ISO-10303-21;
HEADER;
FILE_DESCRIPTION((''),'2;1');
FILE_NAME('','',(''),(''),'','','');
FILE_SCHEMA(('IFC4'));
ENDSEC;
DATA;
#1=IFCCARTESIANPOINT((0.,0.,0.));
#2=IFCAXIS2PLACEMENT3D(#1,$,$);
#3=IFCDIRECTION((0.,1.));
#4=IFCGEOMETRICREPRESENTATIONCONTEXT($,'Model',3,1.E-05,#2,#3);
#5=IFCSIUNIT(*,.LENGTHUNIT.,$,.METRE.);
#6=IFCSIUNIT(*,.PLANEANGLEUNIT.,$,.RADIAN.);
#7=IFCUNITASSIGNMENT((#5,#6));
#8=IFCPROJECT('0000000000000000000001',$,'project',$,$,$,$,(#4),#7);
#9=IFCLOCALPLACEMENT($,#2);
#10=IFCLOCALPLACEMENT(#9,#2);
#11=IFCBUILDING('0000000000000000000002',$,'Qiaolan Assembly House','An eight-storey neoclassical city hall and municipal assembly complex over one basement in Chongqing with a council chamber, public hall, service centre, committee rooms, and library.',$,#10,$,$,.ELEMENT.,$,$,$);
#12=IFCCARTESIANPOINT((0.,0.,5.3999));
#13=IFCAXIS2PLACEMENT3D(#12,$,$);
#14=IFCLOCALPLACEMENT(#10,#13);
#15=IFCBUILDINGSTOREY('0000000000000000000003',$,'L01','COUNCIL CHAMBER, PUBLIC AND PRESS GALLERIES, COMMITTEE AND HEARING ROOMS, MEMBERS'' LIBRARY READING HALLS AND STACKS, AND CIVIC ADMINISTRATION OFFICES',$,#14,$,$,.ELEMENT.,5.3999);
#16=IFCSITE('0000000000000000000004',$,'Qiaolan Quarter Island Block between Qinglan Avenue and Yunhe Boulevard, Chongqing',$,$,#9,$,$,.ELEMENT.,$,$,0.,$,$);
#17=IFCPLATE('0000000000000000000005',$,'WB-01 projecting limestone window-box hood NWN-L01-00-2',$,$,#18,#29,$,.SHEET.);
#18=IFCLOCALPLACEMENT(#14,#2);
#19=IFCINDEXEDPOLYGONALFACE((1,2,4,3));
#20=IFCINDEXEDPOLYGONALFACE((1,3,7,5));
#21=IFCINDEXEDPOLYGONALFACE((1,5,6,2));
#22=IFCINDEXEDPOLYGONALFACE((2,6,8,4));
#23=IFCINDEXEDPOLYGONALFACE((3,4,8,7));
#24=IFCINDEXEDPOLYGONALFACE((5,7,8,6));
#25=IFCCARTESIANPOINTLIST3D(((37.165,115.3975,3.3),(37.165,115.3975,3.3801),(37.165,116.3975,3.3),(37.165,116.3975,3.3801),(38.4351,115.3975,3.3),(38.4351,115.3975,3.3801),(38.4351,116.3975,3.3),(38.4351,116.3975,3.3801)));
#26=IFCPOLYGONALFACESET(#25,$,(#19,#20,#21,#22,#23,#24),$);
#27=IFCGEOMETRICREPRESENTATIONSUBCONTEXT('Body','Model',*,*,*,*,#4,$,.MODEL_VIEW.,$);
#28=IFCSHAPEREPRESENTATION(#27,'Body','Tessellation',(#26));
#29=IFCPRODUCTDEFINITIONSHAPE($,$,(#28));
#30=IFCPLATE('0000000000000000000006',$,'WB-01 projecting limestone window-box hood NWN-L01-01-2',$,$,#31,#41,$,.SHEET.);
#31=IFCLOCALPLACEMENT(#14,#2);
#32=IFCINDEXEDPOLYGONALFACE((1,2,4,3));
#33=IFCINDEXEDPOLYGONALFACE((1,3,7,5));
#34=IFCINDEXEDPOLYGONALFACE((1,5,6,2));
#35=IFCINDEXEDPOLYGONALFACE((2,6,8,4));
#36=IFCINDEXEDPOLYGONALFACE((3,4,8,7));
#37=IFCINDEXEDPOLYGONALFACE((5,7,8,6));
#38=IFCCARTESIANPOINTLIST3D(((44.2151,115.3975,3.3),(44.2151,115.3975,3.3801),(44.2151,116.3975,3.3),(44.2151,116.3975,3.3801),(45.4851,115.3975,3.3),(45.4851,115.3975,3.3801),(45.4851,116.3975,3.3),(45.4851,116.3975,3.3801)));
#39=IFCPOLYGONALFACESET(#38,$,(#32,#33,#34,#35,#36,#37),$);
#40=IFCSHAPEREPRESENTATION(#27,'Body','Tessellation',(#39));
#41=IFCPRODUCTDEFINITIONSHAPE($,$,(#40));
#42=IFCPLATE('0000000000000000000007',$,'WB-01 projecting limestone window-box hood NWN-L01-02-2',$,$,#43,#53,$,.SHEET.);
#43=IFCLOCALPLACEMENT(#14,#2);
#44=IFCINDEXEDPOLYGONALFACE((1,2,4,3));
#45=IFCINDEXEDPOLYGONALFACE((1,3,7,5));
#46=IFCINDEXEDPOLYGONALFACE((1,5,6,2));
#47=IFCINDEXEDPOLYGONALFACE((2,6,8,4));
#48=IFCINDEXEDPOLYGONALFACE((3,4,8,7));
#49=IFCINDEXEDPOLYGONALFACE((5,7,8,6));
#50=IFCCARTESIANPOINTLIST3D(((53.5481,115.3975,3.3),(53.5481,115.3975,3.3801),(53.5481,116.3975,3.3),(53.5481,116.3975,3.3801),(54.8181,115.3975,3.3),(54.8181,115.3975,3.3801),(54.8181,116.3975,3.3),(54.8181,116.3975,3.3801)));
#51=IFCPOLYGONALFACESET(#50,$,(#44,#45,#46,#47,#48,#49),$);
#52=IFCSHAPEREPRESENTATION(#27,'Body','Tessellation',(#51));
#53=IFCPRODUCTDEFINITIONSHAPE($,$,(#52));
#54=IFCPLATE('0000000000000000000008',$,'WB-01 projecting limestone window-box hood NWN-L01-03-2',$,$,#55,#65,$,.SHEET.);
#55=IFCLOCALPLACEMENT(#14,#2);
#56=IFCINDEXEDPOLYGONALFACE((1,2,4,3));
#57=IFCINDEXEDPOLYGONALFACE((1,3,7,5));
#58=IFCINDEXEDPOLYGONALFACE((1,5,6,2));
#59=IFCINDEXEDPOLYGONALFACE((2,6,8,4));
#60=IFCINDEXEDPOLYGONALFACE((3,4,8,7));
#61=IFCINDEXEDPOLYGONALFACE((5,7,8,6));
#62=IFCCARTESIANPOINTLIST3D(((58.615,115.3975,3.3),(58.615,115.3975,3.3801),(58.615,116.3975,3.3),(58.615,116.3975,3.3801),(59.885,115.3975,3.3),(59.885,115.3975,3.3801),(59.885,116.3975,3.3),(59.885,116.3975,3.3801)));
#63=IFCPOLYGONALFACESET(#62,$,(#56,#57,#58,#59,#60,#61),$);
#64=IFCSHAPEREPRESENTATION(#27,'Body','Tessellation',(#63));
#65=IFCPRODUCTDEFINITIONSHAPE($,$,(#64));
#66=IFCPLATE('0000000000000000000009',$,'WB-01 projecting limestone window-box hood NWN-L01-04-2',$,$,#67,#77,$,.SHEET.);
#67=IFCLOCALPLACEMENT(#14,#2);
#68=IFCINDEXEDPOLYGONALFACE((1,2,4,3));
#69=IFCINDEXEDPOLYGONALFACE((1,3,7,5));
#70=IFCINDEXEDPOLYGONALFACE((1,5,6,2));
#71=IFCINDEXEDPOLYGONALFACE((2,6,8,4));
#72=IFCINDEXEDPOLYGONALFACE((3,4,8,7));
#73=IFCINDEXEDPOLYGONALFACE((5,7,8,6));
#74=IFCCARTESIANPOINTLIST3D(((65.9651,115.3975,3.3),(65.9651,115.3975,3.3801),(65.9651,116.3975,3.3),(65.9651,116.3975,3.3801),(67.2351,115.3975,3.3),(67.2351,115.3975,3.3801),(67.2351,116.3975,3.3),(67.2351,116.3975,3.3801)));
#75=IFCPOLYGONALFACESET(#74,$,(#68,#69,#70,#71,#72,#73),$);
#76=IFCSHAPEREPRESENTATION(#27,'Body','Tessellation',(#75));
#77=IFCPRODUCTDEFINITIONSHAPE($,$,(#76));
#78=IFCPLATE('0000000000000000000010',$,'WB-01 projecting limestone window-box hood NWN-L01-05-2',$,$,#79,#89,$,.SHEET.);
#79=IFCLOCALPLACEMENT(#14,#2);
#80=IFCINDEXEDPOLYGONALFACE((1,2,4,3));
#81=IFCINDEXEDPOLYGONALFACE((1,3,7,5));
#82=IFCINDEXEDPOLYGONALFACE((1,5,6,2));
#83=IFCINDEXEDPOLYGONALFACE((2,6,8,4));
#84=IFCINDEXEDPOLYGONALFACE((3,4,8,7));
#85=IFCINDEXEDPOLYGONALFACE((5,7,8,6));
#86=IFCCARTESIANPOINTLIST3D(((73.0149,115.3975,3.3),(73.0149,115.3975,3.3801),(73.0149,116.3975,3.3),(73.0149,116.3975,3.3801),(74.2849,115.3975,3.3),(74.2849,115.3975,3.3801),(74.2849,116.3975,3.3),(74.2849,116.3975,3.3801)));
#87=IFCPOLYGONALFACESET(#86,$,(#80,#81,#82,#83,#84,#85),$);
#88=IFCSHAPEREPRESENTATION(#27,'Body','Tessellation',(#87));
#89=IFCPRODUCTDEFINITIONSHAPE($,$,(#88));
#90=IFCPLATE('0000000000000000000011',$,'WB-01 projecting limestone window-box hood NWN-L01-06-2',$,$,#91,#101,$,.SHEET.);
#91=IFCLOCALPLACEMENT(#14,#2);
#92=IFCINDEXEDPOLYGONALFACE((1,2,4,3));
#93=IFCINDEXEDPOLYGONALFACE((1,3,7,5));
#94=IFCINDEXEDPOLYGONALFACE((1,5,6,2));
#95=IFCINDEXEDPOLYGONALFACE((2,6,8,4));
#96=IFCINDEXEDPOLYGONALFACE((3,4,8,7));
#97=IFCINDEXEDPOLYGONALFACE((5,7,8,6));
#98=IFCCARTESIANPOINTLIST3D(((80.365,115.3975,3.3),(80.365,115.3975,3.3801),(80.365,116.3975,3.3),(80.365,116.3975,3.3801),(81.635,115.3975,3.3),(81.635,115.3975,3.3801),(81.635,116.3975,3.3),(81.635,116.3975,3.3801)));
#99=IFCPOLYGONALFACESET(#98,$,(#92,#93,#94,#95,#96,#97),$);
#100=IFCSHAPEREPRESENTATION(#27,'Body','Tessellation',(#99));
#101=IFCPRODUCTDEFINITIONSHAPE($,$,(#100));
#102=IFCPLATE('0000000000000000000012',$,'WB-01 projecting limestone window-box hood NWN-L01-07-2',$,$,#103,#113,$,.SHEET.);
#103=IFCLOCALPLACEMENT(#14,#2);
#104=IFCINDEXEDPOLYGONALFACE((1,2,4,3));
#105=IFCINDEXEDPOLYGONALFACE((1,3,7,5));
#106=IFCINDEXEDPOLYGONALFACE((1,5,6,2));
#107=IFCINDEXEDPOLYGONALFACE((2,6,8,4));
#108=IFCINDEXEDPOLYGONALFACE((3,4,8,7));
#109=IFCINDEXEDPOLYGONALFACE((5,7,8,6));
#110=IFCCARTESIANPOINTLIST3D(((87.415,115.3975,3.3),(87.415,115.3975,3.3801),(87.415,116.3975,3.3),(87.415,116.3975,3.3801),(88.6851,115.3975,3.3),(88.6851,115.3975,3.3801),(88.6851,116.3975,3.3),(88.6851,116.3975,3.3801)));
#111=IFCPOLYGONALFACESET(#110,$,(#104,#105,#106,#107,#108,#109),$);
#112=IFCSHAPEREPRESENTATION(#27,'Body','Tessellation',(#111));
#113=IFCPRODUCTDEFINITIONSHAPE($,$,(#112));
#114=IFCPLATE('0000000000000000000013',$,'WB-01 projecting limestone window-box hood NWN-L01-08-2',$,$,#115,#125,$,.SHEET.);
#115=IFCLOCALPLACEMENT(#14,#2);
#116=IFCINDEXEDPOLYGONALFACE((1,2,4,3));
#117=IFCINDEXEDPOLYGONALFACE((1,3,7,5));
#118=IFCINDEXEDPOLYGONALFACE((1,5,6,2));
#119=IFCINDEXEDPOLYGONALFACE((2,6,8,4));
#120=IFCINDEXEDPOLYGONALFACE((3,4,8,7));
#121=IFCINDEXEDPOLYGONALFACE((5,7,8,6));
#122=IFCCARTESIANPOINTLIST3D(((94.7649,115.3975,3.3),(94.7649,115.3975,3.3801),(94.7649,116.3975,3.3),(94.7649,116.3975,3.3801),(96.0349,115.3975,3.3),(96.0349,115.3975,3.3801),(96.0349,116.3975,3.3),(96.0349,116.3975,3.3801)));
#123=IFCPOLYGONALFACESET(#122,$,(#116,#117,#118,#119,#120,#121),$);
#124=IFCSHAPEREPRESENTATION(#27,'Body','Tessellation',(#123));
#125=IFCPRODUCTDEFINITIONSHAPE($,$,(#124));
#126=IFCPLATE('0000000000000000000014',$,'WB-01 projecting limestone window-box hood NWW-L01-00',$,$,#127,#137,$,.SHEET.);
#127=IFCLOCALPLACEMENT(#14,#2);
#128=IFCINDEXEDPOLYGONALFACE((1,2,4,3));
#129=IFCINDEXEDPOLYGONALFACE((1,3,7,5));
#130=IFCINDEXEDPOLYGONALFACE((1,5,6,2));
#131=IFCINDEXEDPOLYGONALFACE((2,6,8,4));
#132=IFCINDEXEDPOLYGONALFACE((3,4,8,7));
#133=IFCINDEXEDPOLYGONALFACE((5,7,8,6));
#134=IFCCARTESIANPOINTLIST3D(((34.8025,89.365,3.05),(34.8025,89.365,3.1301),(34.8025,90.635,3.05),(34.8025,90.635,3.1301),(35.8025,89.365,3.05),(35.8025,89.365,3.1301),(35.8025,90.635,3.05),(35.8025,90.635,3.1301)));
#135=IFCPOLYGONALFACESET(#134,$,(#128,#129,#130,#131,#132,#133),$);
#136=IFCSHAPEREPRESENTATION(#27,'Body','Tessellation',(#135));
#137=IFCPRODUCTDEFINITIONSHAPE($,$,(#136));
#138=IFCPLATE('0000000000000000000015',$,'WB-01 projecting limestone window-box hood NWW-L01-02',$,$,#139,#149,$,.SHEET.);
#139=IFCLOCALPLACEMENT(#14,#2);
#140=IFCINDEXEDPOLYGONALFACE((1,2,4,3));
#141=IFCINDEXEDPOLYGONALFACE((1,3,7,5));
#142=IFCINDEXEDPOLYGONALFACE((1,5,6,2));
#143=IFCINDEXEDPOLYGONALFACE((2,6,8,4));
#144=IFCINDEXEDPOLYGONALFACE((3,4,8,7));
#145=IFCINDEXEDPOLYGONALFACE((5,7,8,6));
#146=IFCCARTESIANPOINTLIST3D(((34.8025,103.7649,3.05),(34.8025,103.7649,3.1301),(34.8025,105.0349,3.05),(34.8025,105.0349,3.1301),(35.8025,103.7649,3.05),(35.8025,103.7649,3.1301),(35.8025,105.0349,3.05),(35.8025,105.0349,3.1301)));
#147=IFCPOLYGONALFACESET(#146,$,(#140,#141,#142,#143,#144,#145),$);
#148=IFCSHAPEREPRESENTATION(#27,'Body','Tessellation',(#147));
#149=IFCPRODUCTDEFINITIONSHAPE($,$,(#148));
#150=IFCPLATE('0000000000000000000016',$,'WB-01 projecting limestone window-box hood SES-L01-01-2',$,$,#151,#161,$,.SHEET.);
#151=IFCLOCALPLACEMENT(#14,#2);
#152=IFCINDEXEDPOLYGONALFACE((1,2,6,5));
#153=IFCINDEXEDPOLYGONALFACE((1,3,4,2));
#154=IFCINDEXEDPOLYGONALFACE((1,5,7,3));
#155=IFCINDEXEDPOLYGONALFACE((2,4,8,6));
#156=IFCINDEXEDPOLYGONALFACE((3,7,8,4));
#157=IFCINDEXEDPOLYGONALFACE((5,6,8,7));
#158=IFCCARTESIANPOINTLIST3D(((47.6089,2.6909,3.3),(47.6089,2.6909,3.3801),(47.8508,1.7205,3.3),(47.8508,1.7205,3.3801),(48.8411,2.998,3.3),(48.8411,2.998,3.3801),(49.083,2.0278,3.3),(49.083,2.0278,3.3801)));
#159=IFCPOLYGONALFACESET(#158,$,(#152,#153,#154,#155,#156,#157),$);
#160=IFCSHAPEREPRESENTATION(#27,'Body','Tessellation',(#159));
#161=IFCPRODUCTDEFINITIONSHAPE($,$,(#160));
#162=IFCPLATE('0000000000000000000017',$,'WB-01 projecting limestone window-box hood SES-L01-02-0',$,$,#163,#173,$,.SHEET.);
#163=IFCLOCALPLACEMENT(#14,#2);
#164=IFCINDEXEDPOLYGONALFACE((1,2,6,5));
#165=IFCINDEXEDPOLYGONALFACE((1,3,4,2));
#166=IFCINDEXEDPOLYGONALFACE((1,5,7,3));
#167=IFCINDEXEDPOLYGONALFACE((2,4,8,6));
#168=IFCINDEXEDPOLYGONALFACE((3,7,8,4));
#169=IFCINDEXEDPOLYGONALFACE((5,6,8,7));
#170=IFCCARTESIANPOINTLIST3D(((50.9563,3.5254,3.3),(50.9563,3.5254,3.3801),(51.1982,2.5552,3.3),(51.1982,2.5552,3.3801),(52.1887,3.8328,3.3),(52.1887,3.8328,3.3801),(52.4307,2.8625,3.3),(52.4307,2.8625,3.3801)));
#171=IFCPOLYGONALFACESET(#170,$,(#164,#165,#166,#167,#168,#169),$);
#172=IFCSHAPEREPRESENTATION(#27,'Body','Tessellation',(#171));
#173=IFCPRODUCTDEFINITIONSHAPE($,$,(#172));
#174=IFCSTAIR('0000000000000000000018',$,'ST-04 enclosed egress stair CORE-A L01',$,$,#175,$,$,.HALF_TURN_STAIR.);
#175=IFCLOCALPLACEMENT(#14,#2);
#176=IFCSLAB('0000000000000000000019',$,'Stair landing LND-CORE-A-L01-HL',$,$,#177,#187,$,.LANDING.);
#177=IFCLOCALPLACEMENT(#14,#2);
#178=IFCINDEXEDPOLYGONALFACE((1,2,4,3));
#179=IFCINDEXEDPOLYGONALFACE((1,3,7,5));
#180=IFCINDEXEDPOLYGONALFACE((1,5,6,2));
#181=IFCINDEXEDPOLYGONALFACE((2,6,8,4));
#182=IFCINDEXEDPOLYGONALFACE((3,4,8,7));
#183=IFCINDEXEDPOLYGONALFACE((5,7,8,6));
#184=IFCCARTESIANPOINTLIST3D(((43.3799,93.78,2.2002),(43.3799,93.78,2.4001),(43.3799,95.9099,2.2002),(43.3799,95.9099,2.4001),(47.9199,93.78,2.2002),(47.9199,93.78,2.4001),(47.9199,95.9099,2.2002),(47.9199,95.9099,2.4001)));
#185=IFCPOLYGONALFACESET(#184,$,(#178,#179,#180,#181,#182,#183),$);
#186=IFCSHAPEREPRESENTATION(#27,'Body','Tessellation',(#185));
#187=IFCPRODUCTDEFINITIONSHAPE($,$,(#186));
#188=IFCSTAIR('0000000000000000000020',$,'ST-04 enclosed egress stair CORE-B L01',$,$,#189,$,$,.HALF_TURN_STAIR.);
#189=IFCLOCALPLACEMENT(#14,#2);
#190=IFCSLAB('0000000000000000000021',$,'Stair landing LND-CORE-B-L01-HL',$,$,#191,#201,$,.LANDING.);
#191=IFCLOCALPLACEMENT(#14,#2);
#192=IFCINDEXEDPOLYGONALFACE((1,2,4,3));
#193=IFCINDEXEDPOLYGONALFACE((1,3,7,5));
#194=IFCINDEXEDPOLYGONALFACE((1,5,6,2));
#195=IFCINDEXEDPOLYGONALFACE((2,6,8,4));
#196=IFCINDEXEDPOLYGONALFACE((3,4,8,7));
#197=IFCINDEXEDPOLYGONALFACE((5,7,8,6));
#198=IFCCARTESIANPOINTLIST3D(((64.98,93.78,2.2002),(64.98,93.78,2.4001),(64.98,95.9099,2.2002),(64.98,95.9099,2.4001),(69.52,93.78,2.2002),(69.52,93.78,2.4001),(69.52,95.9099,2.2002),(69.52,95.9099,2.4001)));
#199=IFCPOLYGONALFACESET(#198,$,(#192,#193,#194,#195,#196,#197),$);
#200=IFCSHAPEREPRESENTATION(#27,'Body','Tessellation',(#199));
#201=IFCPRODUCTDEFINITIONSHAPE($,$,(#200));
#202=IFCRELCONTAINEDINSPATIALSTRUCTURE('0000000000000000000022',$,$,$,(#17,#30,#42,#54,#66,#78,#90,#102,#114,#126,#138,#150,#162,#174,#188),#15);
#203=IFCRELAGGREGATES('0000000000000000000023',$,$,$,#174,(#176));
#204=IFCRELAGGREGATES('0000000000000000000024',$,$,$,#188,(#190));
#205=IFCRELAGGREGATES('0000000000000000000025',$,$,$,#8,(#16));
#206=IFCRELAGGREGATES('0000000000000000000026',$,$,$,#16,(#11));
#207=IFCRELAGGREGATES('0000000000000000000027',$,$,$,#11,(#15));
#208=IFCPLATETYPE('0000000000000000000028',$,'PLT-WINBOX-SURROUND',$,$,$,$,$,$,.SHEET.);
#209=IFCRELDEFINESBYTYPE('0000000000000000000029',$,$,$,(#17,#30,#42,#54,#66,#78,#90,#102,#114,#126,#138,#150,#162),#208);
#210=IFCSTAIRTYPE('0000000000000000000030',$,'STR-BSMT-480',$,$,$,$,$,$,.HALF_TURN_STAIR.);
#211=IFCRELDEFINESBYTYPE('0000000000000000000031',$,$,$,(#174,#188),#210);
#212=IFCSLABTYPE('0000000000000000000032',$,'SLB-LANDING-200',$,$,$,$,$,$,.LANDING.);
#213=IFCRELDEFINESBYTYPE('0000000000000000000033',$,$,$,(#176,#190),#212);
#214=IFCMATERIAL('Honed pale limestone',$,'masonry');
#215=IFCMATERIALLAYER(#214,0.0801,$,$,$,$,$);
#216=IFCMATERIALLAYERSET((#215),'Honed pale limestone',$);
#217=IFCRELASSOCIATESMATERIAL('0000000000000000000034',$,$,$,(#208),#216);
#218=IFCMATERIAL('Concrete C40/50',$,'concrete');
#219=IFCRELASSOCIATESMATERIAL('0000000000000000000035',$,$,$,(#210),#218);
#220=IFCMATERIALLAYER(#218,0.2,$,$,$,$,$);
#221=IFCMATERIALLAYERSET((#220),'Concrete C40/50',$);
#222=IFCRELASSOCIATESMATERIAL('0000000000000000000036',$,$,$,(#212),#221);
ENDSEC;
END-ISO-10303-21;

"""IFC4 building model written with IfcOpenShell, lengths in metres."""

from ifc_helpers import new_model, si_unit, direction, frame, origin, place, context, subcontext, project, spatial, polyline, outline, extrude, material, layer, layer_set, type_object, element, aggregate, save


model = new_model("IFC4")

# Units and contexts
model_context = context("Model", 3, precision=1e-05, world=origin(), true_north=direction((0.0, 1.0)))
body_context = subcontext(model_context, "Body", "Model", "MODEL_VIEW")
ifc_project = project(units=[si_unit("LENGTHUNIT", "METRE"), si_unit("PLANEANGLEUNIT", "RADIAN")], contexts=[model_context])

# Site, building, storey
site_placement = place(None, origin())
site = spatial("IfcSite", under=ifc_project, at=site_placement, Name="Qiaolan Quarter Island Block between Qinglan Avenue and Yunhe Boulevard, Chongqing", CompositionType="ELEMENT", RefElevation=0.0)
building_placement = place(site_placement, origin())
building = spatial("IfcBuilding", under=site, at=building_placement, Name="Qiaolan Assembly House", Description="An eight-storey neoclassical city hall and municipal assembly complex over one basement in Chongqing with a council chamber, public hall, service centre, committee rooms, and library.", CompositionType="ELEMENT")
storey_placement = place(building_placement, frame((0.0, 0.0, 5.3999)))
storey = spatial("IfcBuildingStorey", under=building, at=storey_placement, Name="L01", Description="COUNCIL CHAMBER, PUBLIC AND PRESS GALLERIES, COMMITTEE AND HEARING ROOMS, MEMBERS' LIBRARY READING HALLS AND STACKS, AND CIVIC ADMINISTRATION OFFICES", CompositionType="ELEMENT", Elevation=5.3999)

# Plates
ifc_material_1 = material(Name="Honed pale limestone", Category="masonry")
ifc_layer_1 = layer(ifc_material_1, 0.0801)
ifc_layer_set_1 = layer_set([ifc_layer_1], Name="Honed pale limestone")
plate_type = type_object("IfcPlateType", Name="PLT-WINBOX-SURROUND", PredefinedType="SHEET", material=ifc_layer_set_1)
plate_1_placement = place(storey_placement, frame((0.0, 0.0, 3.3)))
element("IfcPlate", 1, at=plate_1_placement, inside=storey, type_object=plate_type, Name="WB-01 projecting limestone window-box hood NWN-L01-00-2", PredefinedType="SHEET", context=body_context, shape_type="SweptSolid", body=[
    extrude(outline(polyline([(37.165, 115.3975), (37.165, 116.3975), (38.4351, 116.3975), (38.4351, 115.3975), (37.165, 115.3975)])), origin(), (0.0, 0.0, 1.0), 0.0801),
])
plate_2_placement = place(storey_placement, frame((0.0, 0.0, 3.3)))
element("IfcPlate", 2, at=plate_2_placement, inside=storey, type_object=plate_type, Name="WB-01 projecting limestone window-box hood NWN-L01-01-2", PredefinedType="SHEET", context=body_context, shape_type="SweptSolid", body=[
    extrude(outline(polyline([(44.2151, 115.3975), (44.2151, 116.3975), (45.4851, 116.3975), (45.4851, 115.3975), (44.2151, 115.3975)])), origin(), (0.0, 0.0, 1.0), 0.0801),
])
plate_3_placement = place(storey_placement, frame((0.0, 0.0, 3.3)))
element("IfcPlate", 3, at=plate_3_placement, inside=storey, type_object=plate_type, Name="WB-01 projecting limestone window-box hood NWN-L01-02-2", PredefinedType="SHEET", context=body_context, shape_type="SweptSolid", body=[
    extrude(outline(polyline([(53.5481, 115.3975), (53.5481, 116.3975), (54.8181, 116.3975), (54.8181, 115.3975), (53.5481, 115.3975)])), origin(), (0.0, 0.0, 1.0), 0.0801),
])
plate_4_placement = place(storey_placement, frame((0.0, 0.0, 3.3)))
element("IfcPlate", 4, at=plate_4_placement, inside=storey, type_object=plate_type, Name="WB-01 projecting limestone window-box hood NWN-L01-03-2", PredefinedType="SHEET", context=body_context, shape_type="SweptSolid", body=[
    extrude(outline(polyline([(58.615, 115.3975), (58.615, 116.3975), (59.885, 116.3975), (59.885, 115.3975), (58.615, 115.3975)])), origin(), (0.0, 0.0, 1.0), 0.0801),
])
plate_5_placement = place(storey_placement, frame((0.0, 0.0, 3.3)))
element("IfcPlate", 5, at=plate_5_placement, inside=storey, type_object=plate_type, Name="WB-01 projecting limestone window-box hood NWN-L01-04-2", PredefinedType="SHEET", context=body_context, shape_type="SweptSolid", body=[
    extrude(outline(polyline([(65.9651, 115.3975), (65.9651, 116.3975), (67.2351, 116.3975), (67.2351, 115.3975), (65.9651, 115.3975)])), origin(), (0.0, 0.0, 1.0), 0.0801),
])
plate_6_placement = place(storey_placement, frame((0.0, 0.0, 3.3)))
element("IfcPlate", 6, at=plate_6_placement, inside=storey, type_object=plate_type, Name="WB-01 projecting limestone window-box hood NWN-L01-05-2", PredefinedType="SHEET", context=body_context, shape_type="SweptSolid", body=[
    extrude(outline(polyline([(73.0149, 115.3975), (73.0149, 116.3975), (74.2849, 116.3975), (74.2849, 115.3975), (73.0149, 115.3975)])), origin(), (0.0, 0.0, 1.0), 0.0801),
])
plate_7_placement = place(storey_placement, frame((0.0, 0.0, 3.3)))
element("IfcPlate", 7, at=plate_7_placement, inside=storey, type_object=plate_type, Name="WB-01 projecting limestone window-box hood NWN-L01-06-2", PredefinedType="SHEET", context=body_context, shape_type="SweptSolid", body=[
    extrude(outline(polyline([(80.365, 115.3975), (80.365, 116.3975), (81.635, 116.3975), (81.635, 115.3975), (80.365, 115.3975)])), origin(), (0.0, 0.0, 1.0), 0.0801),
])
plate_8_placement = place(storey_placement, frame((0.0, 0.0, 3.3)))
element("IfcPlate", 8, at=plate_8_placement, inside=storey, type_object=plate_type, Name="WB-01 projecting limestone window-box hood NWN-L01-07-2", PredefinedType="SHEET", context=body_context, shape_type="SweptSolid", body=[
    extrude(outline(polyline([(87.415, 115.3975), (87.415, 116.3975), (88.6851, 116.3975), (88.6851, 115.3975), (87.415, 115.3975)])), origin(), (0.0, 0.0, 1.0), 0.0801),
])
plate_9_placement = place(storey_placement, frame((0.0, 0.0, 3.3)))
element("IfcPlate", 9, at=plate_9_placement, inside=storey, type_object=plate_type, Name="WB-01 projecting limestone window-box hood NWN-L01-08-2", PredefinedType="SHEET", context=body_context, shape_type="SweptSolid", body=[
    extrude(outline(polyline([(94.7649, 115.3975), (94.7649, 116.3975), (96.0349, 116.3975), (96.0349, 115.3975), (94.7649, 115.3975)])), origin(), (0.0, 0.0, 1.0), 0.0801),
])
plate_10_placement = place(storey_placement, frame((0.0, 0.0, 3.05)))
element("IfcPlate", 10, at=plate_10_placement, inside=storey, type_object=plate_type, Name="WB-01 projecting limestone window-box hood NWW-L01-00", PredefinedType="SHEET", context=body_context, shape_type="SweptSolid", body=[
    extrude(outline(polyline([(34.8025, 89.365), (34.8025, 90.635), (35.8025, 90.635), (35.8025, 89.365), (34.8025, 89.365)])), origin(), (0.0, 0.0, 1.0), 0.0801),
])
plate_11_placement = place(storey_placement, frame((0.0, 0.0, 3.05)))
element("IfcPlate", 11, at=plate_11_placement, inside=storey, type_object=plate_type, Name="WB-01 projecting limestone window-box hood NWW-L01-02", PredefinedType="SHEET", context=body_context, shape_type="SweptSolid", body=[
    extrude(outline(polyline([(34.8025, 103.7649), (34.8025, 105.0349), (35.8025, 105.0349), (35.8025, 103.7649), (34.8025, 103.7649)])), origin(), (0.0, 0.0, 1.0), 0.0801),
])
plate_12_placement = place(storey_placement, frame((0.0, 0.0, 3.3)))
element("IfcPlate", 12, at=plate_12_placement, inside=storey, type_object=plate_type, Name="WB-01 projecting limestone window-box hood SES-L01-01-2", PredefinedType="SHEET", context=body_context, shape_type="SweptSolid", body=[
    extrude(outline(polyline([(47.8508, 1.7205), (49.083, 2.0278), (48.8411, 2.998), (47.6089, 2.6909), (47.8508, 1.7205)])), origin(), (0.0, 0.0, 1.0), 0.0801),
])
plate_13_placement = place(storey_placement, frame((0.0, 0.0, 3.3)))
element("IfcPlate", 13, at=plate_13_placement, inside=storey, type_object=plate_type, Name="WB-01 projecting limestone window-box hood SES-L01-02-0", PredefinedType="SHEET", context=body_context, shape_type="SweptSolid", body=[
    extrude(outline(polyline([(51.1982, 2.5552), (52.4307, 2.8625), (52.1887, 3.8328), (50.9563, 3.5254), (51.1982, 2.5552)])), origin(), (0.0, 0.0, 1.0), 0.0801),
])

# Stairs, slabs
ifc_material_2 = material(Name="Concrete C40/50", Category="concrete")
stair_type_1 = type_object("IfcStairType", Name="STR-BSMT-480", PredefinedType="HALF_TURN_STAIR", material=ifc_material_2)
stair_1_placement = place(storey_placement, origin())
stair_1 = element("IfcStair", 14, at=stair_1_placement, inside=storey, type_object=stair_type_1, Name="ST-04 enclosed egress stair CORE-A L01", PredefinedType="HALF_TURN_STAIR")
ifc_layer_2 = layer(ifc_material_2, 0.2)
ifc_layer_set_2 = layer_set([ifc_layer_2], Name="Concrete C40/50")
slab_type_1 = type_object("IfcSlabType", Name="SLB-LANDING-200", PredefinedType="LANDING", material=ifc_layer_set_2)
slab_1_placement = place(storey_placement, frame((0.0, 0.0, 2.2002)))
slab_1 = element("IfcSlab", 15, at=slab_1_placement, type_object=slab_type_1, Name="Stair landing LND-CORE-A-L01-HL", PredefinedType="LANDING", context=body_context, shape_type="SweptSolid", body=[
    extrude(outline(polyline([(43.3799, 93.78), (43.3799, 95.9099), (47.9199, 95.9099), (47.9199, 93.78), (43.3799, 93.78)])), origin(), (0.0, 0.0, 1.0), 0.2),
])
aggregate(stair_1, [slab_1])
stair_2_placement = place(storey_placement, origin())
stair_2 = element("IfcStair", 16, at=stair_2_placement, inside=storey, type_object=stair_type_1, Name="ST-04 enclosed egress stair CORE-B L01", PredefinedType="HALF_TURN_STAIR")
slab_2_placement = place(storey_placement, frame((0.0, 0.0, 2.2002)))
slab_2 = element("IfcSlab", 17, at=slab_2_placement, type_object=slab_type_1, Name="Stair landing LND-CORE-B-L01-HL", PredefinedType="LANDING", context=body_context, shape_type="SweptSolid", body=[
    extrude(outline(polyline([(64.98, 93.78), (64.98, 95.9099), (69.52, 95.9099), (69.52, 93.78), (64.98, 93.78)])), origin(), (0.0, 0.0, 1.0), 0.2),
])
aggregate(stair_2, [slab_2])

save(model, "model.ifc")
